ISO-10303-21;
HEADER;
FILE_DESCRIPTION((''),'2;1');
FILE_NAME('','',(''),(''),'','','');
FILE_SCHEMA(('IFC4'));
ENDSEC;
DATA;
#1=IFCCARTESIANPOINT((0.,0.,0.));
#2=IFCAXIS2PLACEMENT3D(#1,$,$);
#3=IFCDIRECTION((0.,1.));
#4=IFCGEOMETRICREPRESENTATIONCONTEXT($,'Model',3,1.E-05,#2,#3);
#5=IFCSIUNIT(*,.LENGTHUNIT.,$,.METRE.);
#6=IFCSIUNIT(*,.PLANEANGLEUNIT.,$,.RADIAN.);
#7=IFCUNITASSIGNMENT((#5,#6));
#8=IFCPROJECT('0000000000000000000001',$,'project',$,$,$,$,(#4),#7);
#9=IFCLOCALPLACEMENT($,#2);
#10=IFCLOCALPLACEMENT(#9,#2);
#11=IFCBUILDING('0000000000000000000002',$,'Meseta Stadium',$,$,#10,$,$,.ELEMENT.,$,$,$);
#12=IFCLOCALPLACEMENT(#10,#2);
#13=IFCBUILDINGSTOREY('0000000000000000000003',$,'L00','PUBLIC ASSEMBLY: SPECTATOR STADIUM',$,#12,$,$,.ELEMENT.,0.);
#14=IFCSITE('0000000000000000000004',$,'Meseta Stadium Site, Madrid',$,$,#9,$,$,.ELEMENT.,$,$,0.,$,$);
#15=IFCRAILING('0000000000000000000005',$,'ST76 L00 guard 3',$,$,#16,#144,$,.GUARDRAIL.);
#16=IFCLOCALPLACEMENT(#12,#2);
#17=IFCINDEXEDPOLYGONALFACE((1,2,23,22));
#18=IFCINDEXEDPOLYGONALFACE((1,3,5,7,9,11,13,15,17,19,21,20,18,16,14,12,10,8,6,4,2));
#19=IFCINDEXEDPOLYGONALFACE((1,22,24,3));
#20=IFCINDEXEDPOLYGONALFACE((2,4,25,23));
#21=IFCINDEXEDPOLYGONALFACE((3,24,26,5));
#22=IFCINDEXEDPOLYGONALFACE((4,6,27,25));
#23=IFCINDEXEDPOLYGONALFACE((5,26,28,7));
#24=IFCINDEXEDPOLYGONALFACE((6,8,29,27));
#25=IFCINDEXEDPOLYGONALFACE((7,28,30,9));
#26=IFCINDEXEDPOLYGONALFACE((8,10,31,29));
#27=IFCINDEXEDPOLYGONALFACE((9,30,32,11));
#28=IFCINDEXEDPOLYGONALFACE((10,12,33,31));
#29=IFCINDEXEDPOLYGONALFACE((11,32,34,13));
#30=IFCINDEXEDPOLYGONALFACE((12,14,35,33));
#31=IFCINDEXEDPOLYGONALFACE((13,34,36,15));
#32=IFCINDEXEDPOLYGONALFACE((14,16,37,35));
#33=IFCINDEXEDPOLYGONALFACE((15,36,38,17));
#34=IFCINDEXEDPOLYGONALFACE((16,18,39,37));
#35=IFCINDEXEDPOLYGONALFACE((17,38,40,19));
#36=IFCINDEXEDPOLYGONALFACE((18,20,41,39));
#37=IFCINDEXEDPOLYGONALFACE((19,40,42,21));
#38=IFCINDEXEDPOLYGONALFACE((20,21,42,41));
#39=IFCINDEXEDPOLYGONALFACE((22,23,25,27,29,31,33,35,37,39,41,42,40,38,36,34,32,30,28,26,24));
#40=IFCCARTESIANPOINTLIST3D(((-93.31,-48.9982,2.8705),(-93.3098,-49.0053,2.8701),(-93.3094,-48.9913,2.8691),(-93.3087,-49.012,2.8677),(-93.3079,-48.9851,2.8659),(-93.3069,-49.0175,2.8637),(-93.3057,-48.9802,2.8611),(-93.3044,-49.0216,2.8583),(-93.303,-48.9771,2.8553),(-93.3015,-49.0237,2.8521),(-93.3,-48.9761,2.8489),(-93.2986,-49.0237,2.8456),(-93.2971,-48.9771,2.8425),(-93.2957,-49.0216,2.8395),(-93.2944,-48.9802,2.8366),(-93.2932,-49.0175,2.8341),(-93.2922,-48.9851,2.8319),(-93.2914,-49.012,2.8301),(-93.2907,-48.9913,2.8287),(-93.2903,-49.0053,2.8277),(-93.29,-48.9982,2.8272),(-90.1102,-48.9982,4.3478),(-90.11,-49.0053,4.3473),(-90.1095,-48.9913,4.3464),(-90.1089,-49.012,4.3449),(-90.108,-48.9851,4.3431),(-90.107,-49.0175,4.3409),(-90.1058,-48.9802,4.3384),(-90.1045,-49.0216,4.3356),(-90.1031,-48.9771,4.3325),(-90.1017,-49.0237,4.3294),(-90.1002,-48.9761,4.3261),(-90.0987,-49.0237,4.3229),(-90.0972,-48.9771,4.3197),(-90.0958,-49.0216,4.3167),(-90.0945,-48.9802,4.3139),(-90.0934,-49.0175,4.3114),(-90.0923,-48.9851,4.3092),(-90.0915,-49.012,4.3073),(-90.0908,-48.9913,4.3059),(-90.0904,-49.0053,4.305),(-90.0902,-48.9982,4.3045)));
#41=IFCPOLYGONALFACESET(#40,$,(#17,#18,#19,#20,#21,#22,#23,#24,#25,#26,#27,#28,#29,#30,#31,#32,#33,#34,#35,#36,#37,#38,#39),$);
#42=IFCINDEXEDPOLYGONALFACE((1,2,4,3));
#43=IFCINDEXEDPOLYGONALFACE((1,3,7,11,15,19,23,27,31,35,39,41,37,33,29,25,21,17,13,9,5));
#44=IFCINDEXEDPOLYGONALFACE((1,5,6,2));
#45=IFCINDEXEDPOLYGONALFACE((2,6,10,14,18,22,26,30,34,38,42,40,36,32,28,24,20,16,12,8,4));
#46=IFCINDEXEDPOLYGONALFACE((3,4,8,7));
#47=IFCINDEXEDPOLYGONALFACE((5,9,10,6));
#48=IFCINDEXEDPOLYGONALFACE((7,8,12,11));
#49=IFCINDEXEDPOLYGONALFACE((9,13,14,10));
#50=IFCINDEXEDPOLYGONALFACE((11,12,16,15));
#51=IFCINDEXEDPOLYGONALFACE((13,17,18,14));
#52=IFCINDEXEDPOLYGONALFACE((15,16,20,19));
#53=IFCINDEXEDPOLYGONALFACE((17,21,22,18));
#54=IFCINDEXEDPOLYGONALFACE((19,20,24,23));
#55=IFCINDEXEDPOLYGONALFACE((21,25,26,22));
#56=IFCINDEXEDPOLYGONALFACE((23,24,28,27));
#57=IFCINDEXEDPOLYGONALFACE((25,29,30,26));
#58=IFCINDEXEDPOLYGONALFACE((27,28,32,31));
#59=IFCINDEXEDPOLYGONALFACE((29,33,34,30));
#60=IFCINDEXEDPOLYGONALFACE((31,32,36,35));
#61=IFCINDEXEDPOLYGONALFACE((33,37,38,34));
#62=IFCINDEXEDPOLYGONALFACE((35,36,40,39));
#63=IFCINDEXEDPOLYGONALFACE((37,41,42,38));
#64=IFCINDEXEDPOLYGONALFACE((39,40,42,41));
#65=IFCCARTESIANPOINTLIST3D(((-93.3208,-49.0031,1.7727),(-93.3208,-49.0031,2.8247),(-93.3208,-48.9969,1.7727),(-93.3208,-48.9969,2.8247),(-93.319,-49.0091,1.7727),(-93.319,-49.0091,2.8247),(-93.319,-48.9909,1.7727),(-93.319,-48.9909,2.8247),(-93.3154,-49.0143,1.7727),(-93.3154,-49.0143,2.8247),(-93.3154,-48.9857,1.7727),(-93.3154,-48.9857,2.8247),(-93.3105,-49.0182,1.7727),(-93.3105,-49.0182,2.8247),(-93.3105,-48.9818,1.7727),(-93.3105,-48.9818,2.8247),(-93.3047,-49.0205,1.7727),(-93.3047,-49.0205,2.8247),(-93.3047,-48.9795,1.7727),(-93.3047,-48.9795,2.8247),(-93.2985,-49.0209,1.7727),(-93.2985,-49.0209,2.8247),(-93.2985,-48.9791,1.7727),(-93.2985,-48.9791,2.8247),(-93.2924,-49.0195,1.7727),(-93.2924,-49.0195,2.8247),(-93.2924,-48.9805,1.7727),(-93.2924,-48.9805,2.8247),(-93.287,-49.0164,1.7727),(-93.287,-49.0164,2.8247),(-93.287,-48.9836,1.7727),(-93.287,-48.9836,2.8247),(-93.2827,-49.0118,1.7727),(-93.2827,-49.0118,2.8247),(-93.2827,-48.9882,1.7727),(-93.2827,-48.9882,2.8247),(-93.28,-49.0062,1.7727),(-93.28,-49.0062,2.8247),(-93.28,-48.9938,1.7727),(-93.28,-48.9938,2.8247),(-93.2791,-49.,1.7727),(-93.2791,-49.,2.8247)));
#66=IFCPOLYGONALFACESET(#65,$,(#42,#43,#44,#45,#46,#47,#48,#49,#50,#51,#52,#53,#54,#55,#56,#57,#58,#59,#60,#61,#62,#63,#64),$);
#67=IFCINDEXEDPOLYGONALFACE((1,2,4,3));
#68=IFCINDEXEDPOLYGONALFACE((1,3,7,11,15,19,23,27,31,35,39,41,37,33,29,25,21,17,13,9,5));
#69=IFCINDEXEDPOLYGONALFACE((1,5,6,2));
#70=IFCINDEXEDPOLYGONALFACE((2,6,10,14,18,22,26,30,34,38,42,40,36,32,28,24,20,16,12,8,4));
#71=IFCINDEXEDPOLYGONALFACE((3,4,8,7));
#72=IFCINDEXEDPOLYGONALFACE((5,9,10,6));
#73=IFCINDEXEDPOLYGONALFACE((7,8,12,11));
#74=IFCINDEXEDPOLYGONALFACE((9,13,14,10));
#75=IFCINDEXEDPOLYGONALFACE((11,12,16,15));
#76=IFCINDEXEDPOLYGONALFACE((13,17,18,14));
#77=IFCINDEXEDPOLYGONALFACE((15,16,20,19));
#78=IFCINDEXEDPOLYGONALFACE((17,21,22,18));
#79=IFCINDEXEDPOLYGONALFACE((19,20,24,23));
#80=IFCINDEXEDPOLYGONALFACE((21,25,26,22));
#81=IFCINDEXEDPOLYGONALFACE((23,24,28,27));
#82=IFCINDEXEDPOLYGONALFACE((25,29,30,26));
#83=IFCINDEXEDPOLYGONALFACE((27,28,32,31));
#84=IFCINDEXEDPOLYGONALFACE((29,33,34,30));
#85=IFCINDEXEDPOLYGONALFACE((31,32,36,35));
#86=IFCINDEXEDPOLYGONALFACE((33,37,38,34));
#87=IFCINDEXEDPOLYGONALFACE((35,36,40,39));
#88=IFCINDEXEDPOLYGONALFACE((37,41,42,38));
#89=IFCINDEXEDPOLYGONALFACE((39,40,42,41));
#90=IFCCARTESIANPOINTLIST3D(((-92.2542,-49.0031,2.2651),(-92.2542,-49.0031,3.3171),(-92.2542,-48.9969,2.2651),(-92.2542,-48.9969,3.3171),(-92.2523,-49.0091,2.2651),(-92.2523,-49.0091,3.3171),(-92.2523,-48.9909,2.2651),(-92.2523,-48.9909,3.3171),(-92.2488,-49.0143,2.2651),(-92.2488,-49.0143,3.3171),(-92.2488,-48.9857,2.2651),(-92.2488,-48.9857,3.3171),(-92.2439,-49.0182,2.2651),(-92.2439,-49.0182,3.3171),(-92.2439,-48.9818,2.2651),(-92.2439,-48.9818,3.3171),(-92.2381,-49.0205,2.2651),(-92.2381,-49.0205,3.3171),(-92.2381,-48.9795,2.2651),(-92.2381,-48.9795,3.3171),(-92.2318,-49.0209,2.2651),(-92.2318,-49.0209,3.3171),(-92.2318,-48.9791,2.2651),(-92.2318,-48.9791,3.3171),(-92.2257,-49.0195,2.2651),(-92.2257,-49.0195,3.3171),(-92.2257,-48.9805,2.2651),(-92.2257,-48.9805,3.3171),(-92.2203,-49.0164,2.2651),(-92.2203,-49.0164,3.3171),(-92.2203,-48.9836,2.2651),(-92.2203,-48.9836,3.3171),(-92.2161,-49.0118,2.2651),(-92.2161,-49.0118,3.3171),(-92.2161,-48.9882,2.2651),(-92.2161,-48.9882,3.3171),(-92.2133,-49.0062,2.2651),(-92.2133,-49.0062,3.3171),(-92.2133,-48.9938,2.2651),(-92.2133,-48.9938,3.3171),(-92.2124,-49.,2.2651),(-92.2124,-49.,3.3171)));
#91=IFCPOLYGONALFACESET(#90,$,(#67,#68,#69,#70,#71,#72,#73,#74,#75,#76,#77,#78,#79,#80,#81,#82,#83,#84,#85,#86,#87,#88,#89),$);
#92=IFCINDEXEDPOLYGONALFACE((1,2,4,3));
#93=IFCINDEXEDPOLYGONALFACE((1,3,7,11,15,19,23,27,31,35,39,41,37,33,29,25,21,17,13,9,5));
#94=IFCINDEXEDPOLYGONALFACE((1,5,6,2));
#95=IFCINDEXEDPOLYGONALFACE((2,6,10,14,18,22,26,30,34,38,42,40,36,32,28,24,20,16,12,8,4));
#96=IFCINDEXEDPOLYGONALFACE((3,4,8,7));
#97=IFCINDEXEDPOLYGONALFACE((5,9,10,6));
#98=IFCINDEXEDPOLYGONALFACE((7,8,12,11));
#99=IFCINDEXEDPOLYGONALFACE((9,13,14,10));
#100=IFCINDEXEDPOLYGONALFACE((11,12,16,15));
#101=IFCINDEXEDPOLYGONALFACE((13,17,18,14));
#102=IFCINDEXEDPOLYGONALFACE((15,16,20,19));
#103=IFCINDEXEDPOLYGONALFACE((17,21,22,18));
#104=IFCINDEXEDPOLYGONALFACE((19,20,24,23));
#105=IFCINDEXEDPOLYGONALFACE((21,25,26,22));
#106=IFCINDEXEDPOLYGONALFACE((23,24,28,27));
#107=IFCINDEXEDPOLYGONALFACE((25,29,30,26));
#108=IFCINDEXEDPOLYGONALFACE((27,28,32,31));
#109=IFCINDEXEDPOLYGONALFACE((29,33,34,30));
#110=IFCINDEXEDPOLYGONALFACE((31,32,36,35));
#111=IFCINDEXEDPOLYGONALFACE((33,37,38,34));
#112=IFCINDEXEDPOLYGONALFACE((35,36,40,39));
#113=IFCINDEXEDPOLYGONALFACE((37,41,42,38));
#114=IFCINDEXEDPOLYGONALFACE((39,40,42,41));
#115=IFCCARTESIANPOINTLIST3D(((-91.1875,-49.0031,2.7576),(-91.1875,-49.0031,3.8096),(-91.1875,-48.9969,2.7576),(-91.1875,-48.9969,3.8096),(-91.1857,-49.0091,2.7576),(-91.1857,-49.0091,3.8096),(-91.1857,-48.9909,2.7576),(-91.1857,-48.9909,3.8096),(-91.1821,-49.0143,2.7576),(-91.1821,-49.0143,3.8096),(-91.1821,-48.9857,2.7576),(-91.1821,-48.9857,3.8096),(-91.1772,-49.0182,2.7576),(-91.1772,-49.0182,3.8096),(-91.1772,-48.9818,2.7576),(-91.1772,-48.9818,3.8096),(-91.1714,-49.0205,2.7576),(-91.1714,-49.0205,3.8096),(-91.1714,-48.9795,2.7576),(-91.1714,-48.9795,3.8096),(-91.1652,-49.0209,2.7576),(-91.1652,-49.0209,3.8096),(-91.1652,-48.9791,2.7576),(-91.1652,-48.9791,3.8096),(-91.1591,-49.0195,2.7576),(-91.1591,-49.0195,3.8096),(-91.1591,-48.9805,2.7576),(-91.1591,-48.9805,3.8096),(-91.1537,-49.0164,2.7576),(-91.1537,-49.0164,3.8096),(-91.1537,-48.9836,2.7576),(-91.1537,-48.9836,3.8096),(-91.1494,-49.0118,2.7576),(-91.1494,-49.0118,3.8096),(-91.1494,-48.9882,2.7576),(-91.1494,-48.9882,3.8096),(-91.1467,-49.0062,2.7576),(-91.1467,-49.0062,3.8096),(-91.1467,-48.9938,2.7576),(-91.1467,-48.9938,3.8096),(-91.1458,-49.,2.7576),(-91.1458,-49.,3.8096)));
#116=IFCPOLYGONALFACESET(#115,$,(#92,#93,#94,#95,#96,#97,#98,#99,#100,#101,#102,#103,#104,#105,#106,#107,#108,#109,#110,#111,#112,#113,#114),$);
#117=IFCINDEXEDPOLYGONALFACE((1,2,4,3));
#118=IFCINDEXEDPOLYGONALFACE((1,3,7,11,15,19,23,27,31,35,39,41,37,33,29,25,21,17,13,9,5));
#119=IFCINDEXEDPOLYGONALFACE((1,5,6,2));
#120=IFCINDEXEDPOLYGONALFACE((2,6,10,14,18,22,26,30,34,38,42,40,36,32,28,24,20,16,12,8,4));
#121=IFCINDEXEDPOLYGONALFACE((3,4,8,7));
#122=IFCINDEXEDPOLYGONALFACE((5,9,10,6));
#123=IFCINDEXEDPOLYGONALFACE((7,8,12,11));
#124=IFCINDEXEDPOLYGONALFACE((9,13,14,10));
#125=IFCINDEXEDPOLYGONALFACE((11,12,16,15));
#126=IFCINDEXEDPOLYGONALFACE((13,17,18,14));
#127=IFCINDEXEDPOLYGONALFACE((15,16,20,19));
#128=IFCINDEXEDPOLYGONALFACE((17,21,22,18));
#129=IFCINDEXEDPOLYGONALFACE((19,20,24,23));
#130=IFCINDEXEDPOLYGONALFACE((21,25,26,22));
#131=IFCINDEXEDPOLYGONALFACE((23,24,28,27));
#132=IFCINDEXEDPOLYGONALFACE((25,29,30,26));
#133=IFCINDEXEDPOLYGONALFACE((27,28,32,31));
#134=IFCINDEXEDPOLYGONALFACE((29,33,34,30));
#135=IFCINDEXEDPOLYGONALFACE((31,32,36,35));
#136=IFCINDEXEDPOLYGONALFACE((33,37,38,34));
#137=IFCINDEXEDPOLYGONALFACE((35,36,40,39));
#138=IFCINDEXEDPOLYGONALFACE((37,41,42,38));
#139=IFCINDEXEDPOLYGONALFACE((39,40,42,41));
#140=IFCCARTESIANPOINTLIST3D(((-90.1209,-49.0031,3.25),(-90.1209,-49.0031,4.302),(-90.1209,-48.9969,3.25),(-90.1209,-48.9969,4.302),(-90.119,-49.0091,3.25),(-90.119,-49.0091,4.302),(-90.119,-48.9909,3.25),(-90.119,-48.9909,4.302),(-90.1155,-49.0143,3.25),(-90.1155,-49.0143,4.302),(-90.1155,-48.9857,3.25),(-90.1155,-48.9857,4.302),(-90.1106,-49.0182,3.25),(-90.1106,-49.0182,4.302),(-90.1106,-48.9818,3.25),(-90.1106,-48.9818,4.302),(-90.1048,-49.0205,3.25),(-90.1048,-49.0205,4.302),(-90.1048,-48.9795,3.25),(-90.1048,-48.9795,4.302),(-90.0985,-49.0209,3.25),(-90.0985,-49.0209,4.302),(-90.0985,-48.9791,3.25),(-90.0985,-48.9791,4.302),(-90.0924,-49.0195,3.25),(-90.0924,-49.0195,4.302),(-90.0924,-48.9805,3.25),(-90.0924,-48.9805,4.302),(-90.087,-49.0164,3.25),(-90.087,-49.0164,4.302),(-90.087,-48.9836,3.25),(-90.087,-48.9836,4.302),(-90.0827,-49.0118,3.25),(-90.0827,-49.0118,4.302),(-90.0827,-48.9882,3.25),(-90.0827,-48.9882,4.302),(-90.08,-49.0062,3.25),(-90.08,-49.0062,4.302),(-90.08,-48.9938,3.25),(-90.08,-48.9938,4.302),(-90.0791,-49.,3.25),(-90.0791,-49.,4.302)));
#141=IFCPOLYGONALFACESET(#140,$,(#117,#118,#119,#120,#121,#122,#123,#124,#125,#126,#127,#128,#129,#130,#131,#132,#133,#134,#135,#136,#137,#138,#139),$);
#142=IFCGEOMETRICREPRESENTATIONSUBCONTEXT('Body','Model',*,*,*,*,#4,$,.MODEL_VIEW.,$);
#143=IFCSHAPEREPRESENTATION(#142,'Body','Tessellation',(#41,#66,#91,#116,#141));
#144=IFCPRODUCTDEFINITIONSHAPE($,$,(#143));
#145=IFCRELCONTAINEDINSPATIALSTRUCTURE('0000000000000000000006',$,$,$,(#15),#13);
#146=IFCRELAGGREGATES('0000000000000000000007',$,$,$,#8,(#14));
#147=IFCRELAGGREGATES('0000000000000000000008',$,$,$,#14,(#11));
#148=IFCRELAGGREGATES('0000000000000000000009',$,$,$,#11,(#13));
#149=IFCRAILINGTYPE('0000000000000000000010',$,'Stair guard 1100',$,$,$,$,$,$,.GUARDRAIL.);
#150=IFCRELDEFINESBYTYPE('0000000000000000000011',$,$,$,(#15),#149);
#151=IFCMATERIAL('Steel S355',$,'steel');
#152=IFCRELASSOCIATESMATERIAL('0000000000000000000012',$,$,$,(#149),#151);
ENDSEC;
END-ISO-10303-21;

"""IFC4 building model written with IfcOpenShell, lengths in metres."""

from ifc_helpers import new_model, si_unit, direction, frame, origin, origin_2d, place, context, subcontext, project, spatial, circle, extrude, material, type_object, element, save


model = new_model("IFC4")

# Units and contexts
model_context = context("Model", 3, precision=1e-05, world=origin(), true_north=direction((0.0, 1.0)))
body_context = subcontext(model_context, "Body", "Model", "MODEL_VIEW")
ifc_project = project(units=[si_unit("LENGTHUNIT", "METRE"), si_unit("PLANEANGLEUNIT", "RADIAN")], contexts=[model_context])

# Site, building, storey
site_placement = place(None, origin())
site = spatial("IfcSite", under=ifc_project, at=site_placement, Name="Meseta Stadium Site, Madrid", CompositionType="ELEMENT", RefElevation=0.0)
building_placement = place(site_placement, origin())
building = spatial("IfcBuilding", under=site, at=building_placement, Name="Meseta Stadium", CompositionType="ELEMENT")
storey_placement = place(building_placement, origin())
storey = spatial("IfcBuildingStorey", under=building, at=storey_placement, Name="L00", Description="PUBLIC ASSEMBLY: SPECTATOR STADIUM", CompositionType="ELEMENT", Elevation=0.0)

# Railing
ifc_material_1 = material(Name="Steel S355", Category="steel")
railing_type_1 = type_object("IfcRailingType", Name="Stair guard 1100", PredefinedType="GUARDRAIL", material=ifc_material_1)
railing_1_placement = place(storey_placement, frame((-93.3, -49.0, 1.7727)))
element("IfcRailing", 1, at=railing_1_placement, inside=storey, type_object=railing_type_1, Name="ST76 L00 guard 3", PredefinedType="GUARDRAIL", context=body_context, shape_type="SweptSolid", body=[
    extrude(circle(Radius=0.0239, at=origin_2d()), frame((0.0, 0.0, 1.0762), z_axis=(0.907917, 0.0, 0.41915), x_axis=(0.0, 1.0, 0.0)), (0.0, 0.0, 1.0), 3.5244),
    extrude(circle(Radius=0.021, at=origin_2d()), origin(), (0.0, 0.0, 1.0), 1.052),
    extrude(circle(Radius=0.021, at=origin_2d()), frame((1.0667, 0.0, 0.4924)), (0.0, 0.0, 1.0), 1.052),
    extrude(circle(Radius=0.021, at=origin_2d()), frame((2.1333, 0.0, 0.9849)), (0.0, 0.0, 1.0), 1.052),
    extrude(circle(Radius=0.021, at=origin_2d()), frame((3.2, 0.0, 1.4773)), (0.0, 0.0, 1.0), 1.052),
])

save(model, "model.ifc")
